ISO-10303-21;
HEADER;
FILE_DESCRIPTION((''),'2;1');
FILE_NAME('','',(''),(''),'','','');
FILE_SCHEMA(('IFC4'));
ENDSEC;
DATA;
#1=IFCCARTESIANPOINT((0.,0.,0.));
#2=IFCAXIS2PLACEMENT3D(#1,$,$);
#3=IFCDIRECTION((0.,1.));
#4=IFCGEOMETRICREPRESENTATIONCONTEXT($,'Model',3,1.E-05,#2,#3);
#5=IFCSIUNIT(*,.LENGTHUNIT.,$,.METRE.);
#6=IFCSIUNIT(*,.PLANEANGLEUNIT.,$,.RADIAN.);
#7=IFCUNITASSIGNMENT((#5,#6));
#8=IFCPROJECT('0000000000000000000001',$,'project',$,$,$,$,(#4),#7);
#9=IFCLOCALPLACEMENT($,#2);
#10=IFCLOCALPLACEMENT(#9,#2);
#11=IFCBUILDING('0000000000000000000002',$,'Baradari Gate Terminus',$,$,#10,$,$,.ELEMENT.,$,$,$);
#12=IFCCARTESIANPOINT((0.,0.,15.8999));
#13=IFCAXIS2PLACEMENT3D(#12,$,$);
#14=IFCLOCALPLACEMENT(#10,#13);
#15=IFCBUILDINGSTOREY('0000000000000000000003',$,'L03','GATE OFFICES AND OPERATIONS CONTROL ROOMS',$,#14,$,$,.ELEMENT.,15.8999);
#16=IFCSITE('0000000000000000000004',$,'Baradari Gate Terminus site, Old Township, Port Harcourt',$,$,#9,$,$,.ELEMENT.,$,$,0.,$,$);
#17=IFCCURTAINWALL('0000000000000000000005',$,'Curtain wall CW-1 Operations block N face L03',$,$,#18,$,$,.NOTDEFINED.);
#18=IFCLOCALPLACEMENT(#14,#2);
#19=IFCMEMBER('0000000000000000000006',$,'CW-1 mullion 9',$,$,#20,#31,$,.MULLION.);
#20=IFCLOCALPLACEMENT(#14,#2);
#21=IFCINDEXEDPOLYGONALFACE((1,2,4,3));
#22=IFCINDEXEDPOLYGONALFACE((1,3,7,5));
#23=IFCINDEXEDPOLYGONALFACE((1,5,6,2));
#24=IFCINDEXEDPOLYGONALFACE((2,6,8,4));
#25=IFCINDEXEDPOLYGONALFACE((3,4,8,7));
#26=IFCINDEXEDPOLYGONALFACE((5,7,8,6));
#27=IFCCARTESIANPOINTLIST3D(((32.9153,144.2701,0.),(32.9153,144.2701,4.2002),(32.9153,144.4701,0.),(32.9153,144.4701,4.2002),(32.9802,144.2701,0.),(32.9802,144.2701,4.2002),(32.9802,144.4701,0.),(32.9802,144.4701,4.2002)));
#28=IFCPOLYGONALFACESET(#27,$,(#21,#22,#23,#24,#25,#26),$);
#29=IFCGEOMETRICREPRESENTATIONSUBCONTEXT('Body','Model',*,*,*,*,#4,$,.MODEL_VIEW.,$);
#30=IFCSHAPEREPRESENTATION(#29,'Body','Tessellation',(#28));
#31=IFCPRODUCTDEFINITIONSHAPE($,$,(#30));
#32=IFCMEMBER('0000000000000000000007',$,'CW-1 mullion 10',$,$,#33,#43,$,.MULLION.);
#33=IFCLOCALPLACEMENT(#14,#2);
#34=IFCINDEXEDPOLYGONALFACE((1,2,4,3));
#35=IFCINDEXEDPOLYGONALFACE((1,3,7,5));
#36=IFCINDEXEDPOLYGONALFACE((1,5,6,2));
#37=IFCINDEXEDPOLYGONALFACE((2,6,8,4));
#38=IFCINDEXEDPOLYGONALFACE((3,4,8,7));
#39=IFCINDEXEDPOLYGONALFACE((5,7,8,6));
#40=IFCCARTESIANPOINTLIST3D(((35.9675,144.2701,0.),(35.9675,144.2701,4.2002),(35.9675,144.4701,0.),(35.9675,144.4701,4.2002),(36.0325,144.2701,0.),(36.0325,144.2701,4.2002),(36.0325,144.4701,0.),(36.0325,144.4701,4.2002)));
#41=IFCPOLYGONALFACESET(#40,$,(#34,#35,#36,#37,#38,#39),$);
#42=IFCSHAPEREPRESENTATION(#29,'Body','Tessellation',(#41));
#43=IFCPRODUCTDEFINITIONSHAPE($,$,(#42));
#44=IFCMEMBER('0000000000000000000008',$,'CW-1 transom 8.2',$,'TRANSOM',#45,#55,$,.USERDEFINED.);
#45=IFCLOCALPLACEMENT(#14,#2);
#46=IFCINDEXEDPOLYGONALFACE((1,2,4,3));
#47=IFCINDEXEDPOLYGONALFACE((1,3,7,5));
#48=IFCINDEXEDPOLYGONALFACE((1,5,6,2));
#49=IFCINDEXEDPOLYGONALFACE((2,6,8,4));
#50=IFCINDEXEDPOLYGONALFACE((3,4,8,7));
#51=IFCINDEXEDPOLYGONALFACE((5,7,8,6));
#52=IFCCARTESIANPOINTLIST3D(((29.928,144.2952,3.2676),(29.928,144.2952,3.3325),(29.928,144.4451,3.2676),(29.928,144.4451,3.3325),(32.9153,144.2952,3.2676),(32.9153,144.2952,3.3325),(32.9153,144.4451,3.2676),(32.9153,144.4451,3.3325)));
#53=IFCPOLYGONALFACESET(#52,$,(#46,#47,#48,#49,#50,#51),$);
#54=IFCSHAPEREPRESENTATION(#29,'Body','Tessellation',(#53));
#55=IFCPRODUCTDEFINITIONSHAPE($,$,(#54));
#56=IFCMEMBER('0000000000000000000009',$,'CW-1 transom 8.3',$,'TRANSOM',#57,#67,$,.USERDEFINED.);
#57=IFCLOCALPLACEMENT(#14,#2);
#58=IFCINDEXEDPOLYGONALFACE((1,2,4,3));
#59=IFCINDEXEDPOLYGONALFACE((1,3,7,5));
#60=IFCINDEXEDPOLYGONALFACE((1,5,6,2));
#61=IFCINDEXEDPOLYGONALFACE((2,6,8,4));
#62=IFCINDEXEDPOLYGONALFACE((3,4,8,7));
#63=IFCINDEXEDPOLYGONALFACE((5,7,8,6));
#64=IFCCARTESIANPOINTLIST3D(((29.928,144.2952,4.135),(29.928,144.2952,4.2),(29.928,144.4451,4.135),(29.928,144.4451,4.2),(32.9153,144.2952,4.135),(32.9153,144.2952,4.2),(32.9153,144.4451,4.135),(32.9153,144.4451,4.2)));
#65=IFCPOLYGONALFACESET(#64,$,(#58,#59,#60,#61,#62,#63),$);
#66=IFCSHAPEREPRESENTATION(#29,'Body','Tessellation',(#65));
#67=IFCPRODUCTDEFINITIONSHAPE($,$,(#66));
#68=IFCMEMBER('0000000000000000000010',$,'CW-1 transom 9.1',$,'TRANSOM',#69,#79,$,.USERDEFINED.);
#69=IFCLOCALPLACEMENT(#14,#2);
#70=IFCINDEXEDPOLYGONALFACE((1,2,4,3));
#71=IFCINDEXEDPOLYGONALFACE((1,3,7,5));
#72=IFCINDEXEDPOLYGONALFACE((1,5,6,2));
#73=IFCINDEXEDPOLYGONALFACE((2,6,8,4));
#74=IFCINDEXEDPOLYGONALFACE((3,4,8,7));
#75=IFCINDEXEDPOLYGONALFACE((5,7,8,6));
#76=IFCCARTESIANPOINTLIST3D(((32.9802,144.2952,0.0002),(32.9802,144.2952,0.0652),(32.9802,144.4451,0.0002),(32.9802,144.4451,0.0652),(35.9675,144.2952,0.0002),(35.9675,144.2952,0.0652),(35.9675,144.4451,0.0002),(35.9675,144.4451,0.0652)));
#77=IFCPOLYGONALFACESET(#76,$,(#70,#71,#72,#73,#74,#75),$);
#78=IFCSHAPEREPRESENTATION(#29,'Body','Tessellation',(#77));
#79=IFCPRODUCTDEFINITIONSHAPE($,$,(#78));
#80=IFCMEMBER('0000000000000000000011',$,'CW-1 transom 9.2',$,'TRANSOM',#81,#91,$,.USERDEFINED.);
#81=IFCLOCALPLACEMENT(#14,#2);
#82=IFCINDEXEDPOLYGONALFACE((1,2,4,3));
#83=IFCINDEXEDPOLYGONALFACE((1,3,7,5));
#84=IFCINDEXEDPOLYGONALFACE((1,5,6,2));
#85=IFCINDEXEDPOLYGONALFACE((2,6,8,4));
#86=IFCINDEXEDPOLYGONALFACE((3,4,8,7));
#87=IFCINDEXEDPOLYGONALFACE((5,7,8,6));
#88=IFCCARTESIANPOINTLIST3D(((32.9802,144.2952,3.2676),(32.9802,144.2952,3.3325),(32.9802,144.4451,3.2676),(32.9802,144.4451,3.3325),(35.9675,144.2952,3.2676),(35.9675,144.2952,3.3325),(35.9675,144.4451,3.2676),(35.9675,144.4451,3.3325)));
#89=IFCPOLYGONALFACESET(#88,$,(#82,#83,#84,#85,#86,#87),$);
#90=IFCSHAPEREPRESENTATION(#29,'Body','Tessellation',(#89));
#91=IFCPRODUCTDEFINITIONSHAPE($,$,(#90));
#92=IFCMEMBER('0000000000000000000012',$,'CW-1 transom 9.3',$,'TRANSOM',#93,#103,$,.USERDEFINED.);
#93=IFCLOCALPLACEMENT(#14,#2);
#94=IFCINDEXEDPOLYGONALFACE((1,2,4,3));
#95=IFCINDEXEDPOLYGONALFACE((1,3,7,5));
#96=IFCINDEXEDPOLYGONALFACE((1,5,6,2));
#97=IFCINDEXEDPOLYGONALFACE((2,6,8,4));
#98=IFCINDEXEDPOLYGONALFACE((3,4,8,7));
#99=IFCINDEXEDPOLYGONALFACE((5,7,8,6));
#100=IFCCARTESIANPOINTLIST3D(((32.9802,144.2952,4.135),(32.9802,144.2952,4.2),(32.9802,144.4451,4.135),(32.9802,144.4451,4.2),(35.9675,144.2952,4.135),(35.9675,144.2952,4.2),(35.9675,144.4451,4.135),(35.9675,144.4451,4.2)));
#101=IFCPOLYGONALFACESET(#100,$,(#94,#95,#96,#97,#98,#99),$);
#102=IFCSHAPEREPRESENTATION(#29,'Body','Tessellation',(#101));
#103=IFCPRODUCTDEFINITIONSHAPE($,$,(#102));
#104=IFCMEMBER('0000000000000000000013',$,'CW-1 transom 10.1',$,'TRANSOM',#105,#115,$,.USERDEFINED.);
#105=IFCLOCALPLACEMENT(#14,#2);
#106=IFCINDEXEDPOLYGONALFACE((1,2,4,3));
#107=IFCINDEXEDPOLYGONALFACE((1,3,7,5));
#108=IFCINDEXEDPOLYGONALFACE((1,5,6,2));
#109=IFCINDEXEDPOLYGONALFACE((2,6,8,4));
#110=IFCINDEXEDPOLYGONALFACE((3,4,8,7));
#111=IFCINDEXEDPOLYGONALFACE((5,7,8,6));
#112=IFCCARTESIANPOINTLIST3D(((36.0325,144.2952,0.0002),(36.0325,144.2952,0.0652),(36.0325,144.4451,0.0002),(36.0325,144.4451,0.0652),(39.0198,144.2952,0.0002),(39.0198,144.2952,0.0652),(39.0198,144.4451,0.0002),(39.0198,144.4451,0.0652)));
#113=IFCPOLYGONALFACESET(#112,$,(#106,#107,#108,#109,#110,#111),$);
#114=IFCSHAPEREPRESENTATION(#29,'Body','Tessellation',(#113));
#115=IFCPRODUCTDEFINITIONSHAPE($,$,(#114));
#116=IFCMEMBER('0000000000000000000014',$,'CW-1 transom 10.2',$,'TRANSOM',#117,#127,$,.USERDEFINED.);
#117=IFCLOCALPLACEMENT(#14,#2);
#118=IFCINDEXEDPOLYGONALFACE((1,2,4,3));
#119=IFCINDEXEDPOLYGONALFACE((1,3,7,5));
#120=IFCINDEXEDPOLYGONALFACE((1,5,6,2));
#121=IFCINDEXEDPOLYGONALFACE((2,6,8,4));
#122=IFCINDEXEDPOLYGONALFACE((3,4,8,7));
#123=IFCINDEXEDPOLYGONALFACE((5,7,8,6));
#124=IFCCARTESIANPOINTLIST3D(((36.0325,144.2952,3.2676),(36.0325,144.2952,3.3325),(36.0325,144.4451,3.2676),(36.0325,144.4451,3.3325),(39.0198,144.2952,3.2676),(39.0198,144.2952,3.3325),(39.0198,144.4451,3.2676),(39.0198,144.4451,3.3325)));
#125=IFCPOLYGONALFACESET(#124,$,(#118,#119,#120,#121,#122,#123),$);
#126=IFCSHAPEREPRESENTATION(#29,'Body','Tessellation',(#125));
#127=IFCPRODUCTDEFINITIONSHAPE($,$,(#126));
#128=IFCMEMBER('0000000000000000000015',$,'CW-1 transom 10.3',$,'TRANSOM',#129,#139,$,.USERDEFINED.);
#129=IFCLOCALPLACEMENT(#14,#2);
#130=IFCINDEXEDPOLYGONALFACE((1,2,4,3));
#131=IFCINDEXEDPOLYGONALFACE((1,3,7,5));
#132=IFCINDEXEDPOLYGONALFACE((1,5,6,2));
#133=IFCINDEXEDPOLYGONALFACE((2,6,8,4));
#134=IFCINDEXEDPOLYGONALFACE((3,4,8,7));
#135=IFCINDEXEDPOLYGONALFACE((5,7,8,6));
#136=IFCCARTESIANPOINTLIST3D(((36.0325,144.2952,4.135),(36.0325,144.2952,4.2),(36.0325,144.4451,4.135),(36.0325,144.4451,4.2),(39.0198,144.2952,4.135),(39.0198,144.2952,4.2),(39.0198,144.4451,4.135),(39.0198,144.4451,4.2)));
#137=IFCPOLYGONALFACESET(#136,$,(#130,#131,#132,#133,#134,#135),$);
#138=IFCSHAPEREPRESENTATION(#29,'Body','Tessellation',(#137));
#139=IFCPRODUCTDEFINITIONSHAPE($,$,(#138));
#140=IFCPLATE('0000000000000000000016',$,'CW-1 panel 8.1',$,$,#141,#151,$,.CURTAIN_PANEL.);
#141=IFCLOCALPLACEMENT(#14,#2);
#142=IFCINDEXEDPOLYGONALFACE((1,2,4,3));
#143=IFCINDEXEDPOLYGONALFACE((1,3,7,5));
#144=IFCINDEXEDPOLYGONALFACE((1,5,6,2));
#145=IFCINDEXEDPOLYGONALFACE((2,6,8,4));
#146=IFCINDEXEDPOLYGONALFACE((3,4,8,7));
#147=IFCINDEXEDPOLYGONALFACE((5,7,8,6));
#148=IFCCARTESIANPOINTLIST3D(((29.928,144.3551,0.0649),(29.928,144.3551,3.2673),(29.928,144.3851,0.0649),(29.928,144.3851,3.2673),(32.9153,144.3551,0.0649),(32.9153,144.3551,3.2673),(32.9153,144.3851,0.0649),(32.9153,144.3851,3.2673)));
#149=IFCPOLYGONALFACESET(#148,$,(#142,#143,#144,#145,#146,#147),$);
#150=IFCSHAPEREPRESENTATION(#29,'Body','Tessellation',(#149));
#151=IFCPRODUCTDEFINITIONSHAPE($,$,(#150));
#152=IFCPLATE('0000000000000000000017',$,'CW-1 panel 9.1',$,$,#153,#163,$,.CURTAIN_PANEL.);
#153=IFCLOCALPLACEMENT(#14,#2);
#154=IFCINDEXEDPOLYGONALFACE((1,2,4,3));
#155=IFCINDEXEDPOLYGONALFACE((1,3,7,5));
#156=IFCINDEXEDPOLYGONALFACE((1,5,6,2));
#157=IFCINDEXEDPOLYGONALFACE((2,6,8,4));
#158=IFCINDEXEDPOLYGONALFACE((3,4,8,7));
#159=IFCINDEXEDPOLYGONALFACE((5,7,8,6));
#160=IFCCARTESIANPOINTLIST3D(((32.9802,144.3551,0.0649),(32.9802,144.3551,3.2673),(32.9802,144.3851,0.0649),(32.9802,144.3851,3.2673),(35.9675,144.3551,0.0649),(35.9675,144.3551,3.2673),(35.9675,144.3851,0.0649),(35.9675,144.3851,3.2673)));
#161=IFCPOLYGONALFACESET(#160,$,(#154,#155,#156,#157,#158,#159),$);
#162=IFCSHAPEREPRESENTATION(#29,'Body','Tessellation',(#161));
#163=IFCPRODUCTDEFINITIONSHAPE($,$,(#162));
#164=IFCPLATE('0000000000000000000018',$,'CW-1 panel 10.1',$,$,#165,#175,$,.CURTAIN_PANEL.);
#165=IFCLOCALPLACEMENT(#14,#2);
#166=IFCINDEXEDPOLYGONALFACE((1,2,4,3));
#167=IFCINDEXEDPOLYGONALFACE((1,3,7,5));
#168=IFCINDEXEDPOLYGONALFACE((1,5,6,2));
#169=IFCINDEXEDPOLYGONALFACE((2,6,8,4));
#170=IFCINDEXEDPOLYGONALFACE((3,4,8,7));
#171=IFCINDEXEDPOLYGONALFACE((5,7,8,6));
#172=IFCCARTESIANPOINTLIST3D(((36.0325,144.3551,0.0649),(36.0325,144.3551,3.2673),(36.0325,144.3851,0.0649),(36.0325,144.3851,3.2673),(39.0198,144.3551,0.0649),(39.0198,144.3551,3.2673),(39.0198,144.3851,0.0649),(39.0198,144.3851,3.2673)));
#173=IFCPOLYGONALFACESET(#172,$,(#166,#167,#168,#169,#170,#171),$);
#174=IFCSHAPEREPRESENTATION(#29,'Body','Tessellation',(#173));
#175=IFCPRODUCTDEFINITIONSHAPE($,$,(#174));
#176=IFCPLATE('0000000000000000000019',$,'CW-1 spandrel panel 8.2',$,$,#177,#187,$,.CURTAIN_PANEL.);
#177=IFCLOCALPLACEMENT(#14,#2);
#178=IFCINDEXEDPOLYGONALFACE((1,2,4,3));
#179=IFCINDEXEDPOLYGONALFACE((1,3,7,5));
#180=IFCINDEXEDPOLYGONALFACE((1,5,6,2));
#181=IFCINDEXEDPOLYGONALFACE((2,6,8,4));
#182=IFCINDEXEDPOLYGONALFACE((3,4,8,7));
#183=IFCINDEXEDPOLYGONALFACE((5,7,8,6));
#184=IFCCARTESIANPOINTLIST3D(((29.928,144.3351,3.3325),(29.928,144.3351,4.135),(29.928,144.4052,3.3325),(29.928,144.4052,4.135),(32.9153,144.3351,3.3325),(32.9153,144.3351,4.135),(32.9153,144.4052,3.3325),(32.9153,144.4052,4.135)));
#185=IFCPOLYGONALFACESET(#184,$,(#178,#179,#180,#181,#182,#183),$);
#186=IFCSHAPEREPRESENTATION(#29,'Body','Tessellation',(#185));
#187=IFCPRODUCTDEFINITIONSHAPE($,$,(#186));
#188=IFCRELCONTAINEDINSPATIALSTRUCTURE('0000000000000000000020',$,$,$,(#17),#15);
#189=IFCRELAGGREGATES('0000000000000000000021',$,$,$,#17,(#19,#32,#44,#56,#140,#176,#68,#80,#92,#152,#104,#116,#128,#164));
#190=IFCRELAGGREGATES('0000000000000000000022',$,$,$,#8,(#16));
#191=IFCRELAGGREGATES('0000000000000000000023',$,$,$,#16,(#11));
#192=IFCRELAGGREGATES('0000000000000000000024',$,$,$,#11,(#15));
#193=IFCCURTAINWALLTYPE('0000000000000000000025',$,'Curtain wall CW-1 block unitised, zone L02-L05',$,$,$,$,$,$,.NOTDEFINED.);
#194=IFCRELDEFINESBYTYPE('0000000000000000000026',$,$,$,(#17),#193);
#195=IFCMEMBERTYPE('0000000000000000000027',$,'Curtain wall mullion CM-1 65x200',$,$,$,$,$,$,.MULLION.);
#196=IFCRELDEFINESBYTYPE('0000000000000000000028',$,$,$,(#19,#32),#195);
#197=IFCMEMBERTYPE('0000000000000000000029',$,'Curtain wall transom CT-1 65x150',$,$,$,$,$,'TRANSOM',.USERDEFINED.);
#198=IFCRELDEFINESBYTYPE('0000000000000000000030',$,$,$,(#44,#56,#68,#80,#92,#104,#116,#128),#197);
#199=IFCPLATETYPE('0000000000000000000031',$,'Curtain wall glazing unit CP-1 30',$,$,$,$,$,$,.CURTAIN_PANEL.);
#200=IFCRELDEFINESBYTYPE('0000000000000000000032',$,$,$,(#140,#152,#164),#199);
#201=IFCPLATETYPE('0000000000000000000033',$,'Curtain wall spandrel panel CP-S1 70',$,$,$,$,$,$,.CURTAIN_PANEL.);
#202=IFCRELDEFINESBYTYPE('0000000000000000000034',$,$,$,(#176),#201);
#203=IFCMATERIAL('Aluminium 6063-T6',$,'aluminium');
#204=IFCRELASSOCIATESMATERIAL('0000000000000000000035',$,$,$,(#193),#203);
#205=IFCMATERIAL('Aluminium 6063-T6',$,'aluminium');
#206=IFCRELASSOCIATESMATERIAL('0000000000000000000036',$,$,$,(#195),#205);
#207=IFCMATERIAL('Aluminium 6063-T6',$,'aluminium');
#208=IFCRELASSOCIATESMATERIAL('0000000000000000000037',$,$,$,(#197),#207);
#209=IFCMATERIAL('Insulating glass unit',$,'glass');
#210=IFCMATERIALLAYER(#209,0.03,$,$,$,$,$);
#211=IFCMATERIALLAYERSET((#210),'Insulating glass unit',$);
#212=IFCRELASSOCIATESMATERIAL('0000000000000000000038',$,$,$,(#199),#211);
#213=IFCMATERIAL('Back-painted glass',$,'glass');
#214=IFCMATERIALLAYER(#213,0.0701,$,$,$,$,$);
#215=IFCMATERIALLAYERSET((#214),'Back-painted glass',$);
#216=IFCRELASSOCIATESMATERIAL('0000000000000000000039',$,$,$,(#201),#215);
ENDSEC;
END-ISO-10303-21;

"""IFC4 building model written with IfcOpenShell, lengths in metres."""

from ifc_helpers import new_model, si_unit, direction, frame, origin, origin_2d, place, context, subcontext, project, spatial, rectangle, extrude, material, layer, layer_set, material_profile, profile_set, type_object, element, aggregate, save


model = new_model("IFC4")

# Units and contexts
model_context = context("Model", 3, precision=1e-05, world=origin(), true_north=direction((0.0, 1.0)))
body_context = subcontext(model_context, "Body", "Model", "MODEL_VIEW")
ifc_project = project(units=[si_unit("LENGTHUNIT", "METRE"), si_unit("PLANEANGLEUNIT", "RADIAN")], contexts=[model_context])

# Site, building, storey
site_placement = place(None, origin())
site = spatial("IfcSite", under=ifc_project, at=site_placement, Name="Baradari Gate Terminus site, Old Township, Port Harcourt", CompositionType="ELEMENT", RefElevation=0.0)
building_placement = place(site_placement, origin())
building = spatial("IfcBuilding", under=site, at=building_placement, Name="Baradari Gate Terminus", CompositionType="ELEMENT")
storey_placement = place(building_placement, frame((0.0, 0.0, 15.8999)))
storey = spatial("IfcBuildingStorey", under=building, at=storey_placement, Name="L03", Description="GATE OFFICES AND OPERATIONS CONTROL ROOMS", CompositionType="ELEMENT", Elevation=15.8999)

# Curtain wall, members, plates
ifc_material_1 = material(Name="Aluminium 6063-T6", Category="aluminium")
curtain_wall_type = type_object("IfcCurtainWallType", Name="Curtain wall CW-1 block unitised, zone L02-L05", PredefinedType="NOTDEFINED", material=ifc_material_1)
curtain_wall_placement = place(storey_placement, origin())
curtain_wall = element("IfcCurtainWall", 1, at=curtain_wall_placement, inside=storey, type_object=curtain_wall_type, Name="Curtain wall CW-1 Operations block N face L03", PredefinedType="NOTDEFINED")
ifc_material_2 = material(Name="Aluminium 6063-T6", Category="aluminium")
ifc_material_profile_1 = material_profile(ifc_material_2, rectangle(XDim=0.2, YDim=0.0649, at=origin_2d()), Name="CM-1 65X200")
ifc_profile_set_1 = profile_set([ifc_material_profile_1], Name="Aluminium 6063-T6")
member_type_1 = type_object("IfcMemberType", Name="Curtain wall mullion CM-1 65x200", PredefinedType="MULLION", material=ifc_profile_set_1)
member_1_placement = place(storey_placement, frame((32.9478, 144.3701, 0.0), z_axis=(0.0, 0.0, 1.0), x_axis=(0.0, 1.0, 0.0)))
member_1 = element("IfcMember", 2, at=member_1_placement, type_object=member_type_1, Name="CW-1 mullion 9", PredefinedType="MULLION", context=body_context, shape_type="SweptSolid", body=[
    extrude(rectangle(XDim=0.2, YDim=0.0649, at=origin_2d()), origin(), (0.0, 0.0, 1.0), 4.2002),
])
member_2_placement = place(storey_placement, frame((36.0, 144.3701, 0.0), z_axis=(0.0, 0.0, 1.0), x_axis=(0.0, 1.0, 0.0)))
member_2 = element("IfcMember", 3, at=member_2_placement, type_object=member_type_1, Name="CW-1 mullion 10", PredefinedType="MULLION", context=body_context, shape_type="SweptSolid", body=[
    extrude(rectangle(XDim=0.2, YDim=0.0649, at=origin_2d()), origin(), (0.0, 0.0, 1.0), 4.2002),
])
ifc_material_3 = material(Name="Aluminium 6063-T6", Category="aluminium")
ifc_material_profile_2 = material_profile(ifc_material_3, rectangle(XDim=0.1499, YDim=0.0649, at=origin_2d()), Name="CT-1 65X150")
ifc_profile_set_2 = profile_set([ifc_material_profile_2], Name="Aluminium 6063-T6")
member_type_2 = type_object("IfcMemberType", Name="Curtain wall transom CT-1 65x150", ElementType="TRANSOM", PredefinedType="USERDEFINED", material=ifc_profile_set_2)
member_3_placement = place(storey_placement, frame((29.928, 144.3701, 3.3), z_axis=(1.0, 0.0, 0.0), x_axis=(0.0, 1.0, 0.0)))
member_3 = element("IfcMember", 4, at=member_3_placement, type_object=member_type_2, Name="CW-1 transom 8.2", ObjectType="TRANSOM", PredefinedType="USERDEFINED", context=body_context, shape_type="SweptSolid", body=[
    extrude(rectangle(XDim=0.1499, YDim=0.0649, at=origin_2d()), origin(), (0.0, 0.0, 1.0), 2.9873),
])
member_4_placement = place(storey_placement, frame((29.928, 144.3701, 4.1675), z_axis=(1.0, 0.0, 0.0), x_axis=(0.0, 1.0, 0.0)))
member_4 = element("IfcMember", 5, at=member_4_placement, type_object=member_type_2, Name="CW-1 transom 8.3", ObjectType="TRANSOM", PredefinedType="USERDEFINED", context=body_context, shape_type="SweptSolid", body=[
    extrude(rectangle(XDim=0.1499, YDim=0.0649, at=origin_2d()), origin(), (0.0, 0.0, 1.0), 2.9873),
])
member_5_placement = place(storey_placement, frame((32.9802, 144.3701, 0.0327), z_axis=(1.0, 0.0, 0.0), x_axis=(0.0, 1.0, 0.0)))
member_5 = element("IfcMember", 6, at=member_5_placement, type_object=member_type_2, Name="CW-1 transom 9.1", ObjectType="TRANSOM", PredefinedType="USERDEFINED", context=body_context, shape_type="SweptSolid", body=[
    extrude(rectangle(XDim=0.1499, YDim=0.0649, at=origin_2d()), origin(), (0.0, 0.0, 1.0), 2.9873),
])
member_6_placement = place(storey_placement, frame((32.9802, 144.3701, 3.3), z_axis=(1.0, 0.0, 0.0), x_axis=(0.0, 1.0, 0.0)))
member_6 = element("IfcMember", 7, at=member_6_placement, type_object=member_type_2, Name="CW-1 transom 9.2", ObjectType="TRANSOM", PredefinedType="USERDEFINED", context=body_context, shape_type="SweptSolid", body=[
    extrude(rectangle(XDim=0.1499, YDim=0.0649, at=origin_2d()), origin(), (0.0, 0.0, 1.0), 2.9873),
])
member_7_placement = place(storey_placement, frame((32.9802, 144.3701, 4.1675), z_axis=(1.0, 0.0, 0.0), x_axis=(0.0, 1.0, 0.0)))
member_7 = element("IfcMember", 8, at=member_7_placement, type_object=member_type_2, Name="CW-1 transom 9.3", ObjectType="TRANSOM", PredefinedType="USERDEFINED", context=body_context, shape_type="SweptSolid", body=[
    extrude(rectangle(XDim=0.1499, YDim=0.0649, at=origin_2d()), origin(), (0.0, 0.0, 1.0), 2.9873),
])
member_8_placement = place(storey_placement, frame((36.0325, 144.3701, 0.0327), z_axis=(1.0, 0.0, 0.0), x_axis=(0.0, 1.0, 0.0)))
member_8 = element("IfcMember", 9, at=member_8_placement, type_object=member_type_2, Name="CW-1 transom 10.1", ObjectType="TRANSOM", PredefinedType="USERDEFINED", context=body_context, shape_type="SweptSolid", body=[
    extrude(rectangle(XDim=0.1499, YDim=0.0649, at=origin_2d()), origin(), (0.0, 0.0, 1.0), 2.9873),
])
member_9_placement = place(storey_placement, frame((36.0325, 144.3701, 3.3), z_axis=(1.0, 0.0, 0.0), x_axis=(0.0, 1.0, 0.0)))
member_9 = element("IfcMember", 10, at=member_9_placement, type_object=member_type_2, Name="CW-1 transom 10.2", ObjectType="TRANSOM", PredefinedType="USERDEFINED", context=body_context, shape_type="SweptSolid", body=[
    extrude(rectangle(XDim=0.1499, YDim=0.0649, at=origin_2d()), origin(), (0.0, 0.0, 1.0), 2.9873),
])
member_10_placement = place(storey_placement, frame((36.0325, 144.3701, 4.1675), z_axis=(1.0, 0.0, 0.0), x_axis=(0.0, 1.0, 0.0)))
member_10 = element("IfcMember", 11, at=member_10_placement, type_object=member_type_2, Name="CW-1 transom 10.3", ObjectType="TRANSOM", PredefinedType="USERDEFINED", context=body_context, shape_type="SweptSolid", body=[
    extrude(rectangle(XDim=0.1499, YDim=0.0649, at=origin_2d()), origin(), (0.0, 0.0, 1.0), 2.9873),
])
ifc_material_4 = material(Name="Insulating glass unit", Category="glass")
ifc_layer_1 = layer(ifc_material_4, 0.03)
ifc_layer_set_1 = layer_set([ifc_layer_1], Name="Insulating glass unit")
plate_type_1 = type_object("IfcPlateType", Name="Curtain wall glazing unit CP-1 30", PredefinedType="CURTAIN_PANEL", material=ifc_layer_set_1)
plate_1_placement = place(storey_placement, frame((31.4216, 144.3701, 0.0649), z_axis=(0.0, 0.0, 1.0), x_axis=(1.0, 0.0, 0.0)))
plate_1 = element("IfcPlate", 12, at=plate_1_placement, type_object=plate_type_1, Name="CW-1 panel 8.1", PredefinedType="CURTAIN_PANEL", context=body_context, shape_type="SweptSolid", body=[
    extrude(rectangle(XDim=2.9873, YDim=0.03, at=origin_2d()), origin(), (0.0, 0.0, 1.0), 3.2024),
])
plate_2_placement = place(storey_placement, frame((34.4739, 144.3701, 0.0649), z_axis=(0.0, 0.0, 1.0), x_axis=(1.0, 0.0, 0.0)))
plate_2 = element("IfcPlate", 13, at=plate_2_placement, type_object=plate_type_1, Name="CW-1 panel 9.1", PredefinedType="CURTAIN_PANEL", context=body_context, shape_type="SweptSolid", body=[
    extrude(rectangle(XDim=2.9873, YDim=0.03, at=origin_2d()), origin(), (0.0, 0.0, 1.0), 3.2024),
])
plate_3_placement = place(storey_placement, frame((37.5261, 144.3701, 0.0649), z_axis=(0.0, 0.0, 1.0), x_axis=(1.0, 0.0, 0.0)))
plate_3 = element("IfcPlate", 14, at=plate_3_placement, type_object=plate_type_1, Name="CW-1 panel 10.1", PredefinedType="CURTAIN_PANEL", context=body_context, shape_type="SweptSolid", body=[
    extrude(rectangle(XDim=2.9873, YDim=0.03, at=origin_2d()), origin(), (0.0, 0.0, 1.0), 3.2024),
])
ifc_material_5 = material(Name="Back-painted glass", Category="glass")
ifc_layer_2 = layer(ifc_material_5, 0.0701)
ifc_layer_set_2 = layer_set([ifc_layer_2], Name="Back-painted glass")
plate_type_2 = type_object("IfcPlateType", Name="Curtain wall spandrel panel CP-S1 70", PredefinedType="CURTAIN_PANEL", material=ifc_layer_set_2)
plate_4_placement = place(storey_placement, frame((31.4216, 144.3701, 3.3325), z_axis=(0.0, 0.0, 1.0), x_axis=(1.0, 0.0, 0.0)))
plate_4 = element("IfcPlate", 15, at=plate_4_placement, type_object=plate_type_2, Name="CW-1 spandrel panel 8.2", PredefinedType="CURTAIN_PANEL", context=body_context, shape_type="SweptSolid", body=[
    extrude(rectangle(XDim=2.9873, YDim=0.0701, at=origin_2d()), origin(), (0.0, 0.0, 1.0), 0.8025),
])
aggregate(curtain_wall, [member_1, member_2, member_3, member_4, plate_1, plate_4, member_5, member_6, member_7, plate_2, member_8, member_9, member_10, plate_3])

save(model, "model.ifc")
